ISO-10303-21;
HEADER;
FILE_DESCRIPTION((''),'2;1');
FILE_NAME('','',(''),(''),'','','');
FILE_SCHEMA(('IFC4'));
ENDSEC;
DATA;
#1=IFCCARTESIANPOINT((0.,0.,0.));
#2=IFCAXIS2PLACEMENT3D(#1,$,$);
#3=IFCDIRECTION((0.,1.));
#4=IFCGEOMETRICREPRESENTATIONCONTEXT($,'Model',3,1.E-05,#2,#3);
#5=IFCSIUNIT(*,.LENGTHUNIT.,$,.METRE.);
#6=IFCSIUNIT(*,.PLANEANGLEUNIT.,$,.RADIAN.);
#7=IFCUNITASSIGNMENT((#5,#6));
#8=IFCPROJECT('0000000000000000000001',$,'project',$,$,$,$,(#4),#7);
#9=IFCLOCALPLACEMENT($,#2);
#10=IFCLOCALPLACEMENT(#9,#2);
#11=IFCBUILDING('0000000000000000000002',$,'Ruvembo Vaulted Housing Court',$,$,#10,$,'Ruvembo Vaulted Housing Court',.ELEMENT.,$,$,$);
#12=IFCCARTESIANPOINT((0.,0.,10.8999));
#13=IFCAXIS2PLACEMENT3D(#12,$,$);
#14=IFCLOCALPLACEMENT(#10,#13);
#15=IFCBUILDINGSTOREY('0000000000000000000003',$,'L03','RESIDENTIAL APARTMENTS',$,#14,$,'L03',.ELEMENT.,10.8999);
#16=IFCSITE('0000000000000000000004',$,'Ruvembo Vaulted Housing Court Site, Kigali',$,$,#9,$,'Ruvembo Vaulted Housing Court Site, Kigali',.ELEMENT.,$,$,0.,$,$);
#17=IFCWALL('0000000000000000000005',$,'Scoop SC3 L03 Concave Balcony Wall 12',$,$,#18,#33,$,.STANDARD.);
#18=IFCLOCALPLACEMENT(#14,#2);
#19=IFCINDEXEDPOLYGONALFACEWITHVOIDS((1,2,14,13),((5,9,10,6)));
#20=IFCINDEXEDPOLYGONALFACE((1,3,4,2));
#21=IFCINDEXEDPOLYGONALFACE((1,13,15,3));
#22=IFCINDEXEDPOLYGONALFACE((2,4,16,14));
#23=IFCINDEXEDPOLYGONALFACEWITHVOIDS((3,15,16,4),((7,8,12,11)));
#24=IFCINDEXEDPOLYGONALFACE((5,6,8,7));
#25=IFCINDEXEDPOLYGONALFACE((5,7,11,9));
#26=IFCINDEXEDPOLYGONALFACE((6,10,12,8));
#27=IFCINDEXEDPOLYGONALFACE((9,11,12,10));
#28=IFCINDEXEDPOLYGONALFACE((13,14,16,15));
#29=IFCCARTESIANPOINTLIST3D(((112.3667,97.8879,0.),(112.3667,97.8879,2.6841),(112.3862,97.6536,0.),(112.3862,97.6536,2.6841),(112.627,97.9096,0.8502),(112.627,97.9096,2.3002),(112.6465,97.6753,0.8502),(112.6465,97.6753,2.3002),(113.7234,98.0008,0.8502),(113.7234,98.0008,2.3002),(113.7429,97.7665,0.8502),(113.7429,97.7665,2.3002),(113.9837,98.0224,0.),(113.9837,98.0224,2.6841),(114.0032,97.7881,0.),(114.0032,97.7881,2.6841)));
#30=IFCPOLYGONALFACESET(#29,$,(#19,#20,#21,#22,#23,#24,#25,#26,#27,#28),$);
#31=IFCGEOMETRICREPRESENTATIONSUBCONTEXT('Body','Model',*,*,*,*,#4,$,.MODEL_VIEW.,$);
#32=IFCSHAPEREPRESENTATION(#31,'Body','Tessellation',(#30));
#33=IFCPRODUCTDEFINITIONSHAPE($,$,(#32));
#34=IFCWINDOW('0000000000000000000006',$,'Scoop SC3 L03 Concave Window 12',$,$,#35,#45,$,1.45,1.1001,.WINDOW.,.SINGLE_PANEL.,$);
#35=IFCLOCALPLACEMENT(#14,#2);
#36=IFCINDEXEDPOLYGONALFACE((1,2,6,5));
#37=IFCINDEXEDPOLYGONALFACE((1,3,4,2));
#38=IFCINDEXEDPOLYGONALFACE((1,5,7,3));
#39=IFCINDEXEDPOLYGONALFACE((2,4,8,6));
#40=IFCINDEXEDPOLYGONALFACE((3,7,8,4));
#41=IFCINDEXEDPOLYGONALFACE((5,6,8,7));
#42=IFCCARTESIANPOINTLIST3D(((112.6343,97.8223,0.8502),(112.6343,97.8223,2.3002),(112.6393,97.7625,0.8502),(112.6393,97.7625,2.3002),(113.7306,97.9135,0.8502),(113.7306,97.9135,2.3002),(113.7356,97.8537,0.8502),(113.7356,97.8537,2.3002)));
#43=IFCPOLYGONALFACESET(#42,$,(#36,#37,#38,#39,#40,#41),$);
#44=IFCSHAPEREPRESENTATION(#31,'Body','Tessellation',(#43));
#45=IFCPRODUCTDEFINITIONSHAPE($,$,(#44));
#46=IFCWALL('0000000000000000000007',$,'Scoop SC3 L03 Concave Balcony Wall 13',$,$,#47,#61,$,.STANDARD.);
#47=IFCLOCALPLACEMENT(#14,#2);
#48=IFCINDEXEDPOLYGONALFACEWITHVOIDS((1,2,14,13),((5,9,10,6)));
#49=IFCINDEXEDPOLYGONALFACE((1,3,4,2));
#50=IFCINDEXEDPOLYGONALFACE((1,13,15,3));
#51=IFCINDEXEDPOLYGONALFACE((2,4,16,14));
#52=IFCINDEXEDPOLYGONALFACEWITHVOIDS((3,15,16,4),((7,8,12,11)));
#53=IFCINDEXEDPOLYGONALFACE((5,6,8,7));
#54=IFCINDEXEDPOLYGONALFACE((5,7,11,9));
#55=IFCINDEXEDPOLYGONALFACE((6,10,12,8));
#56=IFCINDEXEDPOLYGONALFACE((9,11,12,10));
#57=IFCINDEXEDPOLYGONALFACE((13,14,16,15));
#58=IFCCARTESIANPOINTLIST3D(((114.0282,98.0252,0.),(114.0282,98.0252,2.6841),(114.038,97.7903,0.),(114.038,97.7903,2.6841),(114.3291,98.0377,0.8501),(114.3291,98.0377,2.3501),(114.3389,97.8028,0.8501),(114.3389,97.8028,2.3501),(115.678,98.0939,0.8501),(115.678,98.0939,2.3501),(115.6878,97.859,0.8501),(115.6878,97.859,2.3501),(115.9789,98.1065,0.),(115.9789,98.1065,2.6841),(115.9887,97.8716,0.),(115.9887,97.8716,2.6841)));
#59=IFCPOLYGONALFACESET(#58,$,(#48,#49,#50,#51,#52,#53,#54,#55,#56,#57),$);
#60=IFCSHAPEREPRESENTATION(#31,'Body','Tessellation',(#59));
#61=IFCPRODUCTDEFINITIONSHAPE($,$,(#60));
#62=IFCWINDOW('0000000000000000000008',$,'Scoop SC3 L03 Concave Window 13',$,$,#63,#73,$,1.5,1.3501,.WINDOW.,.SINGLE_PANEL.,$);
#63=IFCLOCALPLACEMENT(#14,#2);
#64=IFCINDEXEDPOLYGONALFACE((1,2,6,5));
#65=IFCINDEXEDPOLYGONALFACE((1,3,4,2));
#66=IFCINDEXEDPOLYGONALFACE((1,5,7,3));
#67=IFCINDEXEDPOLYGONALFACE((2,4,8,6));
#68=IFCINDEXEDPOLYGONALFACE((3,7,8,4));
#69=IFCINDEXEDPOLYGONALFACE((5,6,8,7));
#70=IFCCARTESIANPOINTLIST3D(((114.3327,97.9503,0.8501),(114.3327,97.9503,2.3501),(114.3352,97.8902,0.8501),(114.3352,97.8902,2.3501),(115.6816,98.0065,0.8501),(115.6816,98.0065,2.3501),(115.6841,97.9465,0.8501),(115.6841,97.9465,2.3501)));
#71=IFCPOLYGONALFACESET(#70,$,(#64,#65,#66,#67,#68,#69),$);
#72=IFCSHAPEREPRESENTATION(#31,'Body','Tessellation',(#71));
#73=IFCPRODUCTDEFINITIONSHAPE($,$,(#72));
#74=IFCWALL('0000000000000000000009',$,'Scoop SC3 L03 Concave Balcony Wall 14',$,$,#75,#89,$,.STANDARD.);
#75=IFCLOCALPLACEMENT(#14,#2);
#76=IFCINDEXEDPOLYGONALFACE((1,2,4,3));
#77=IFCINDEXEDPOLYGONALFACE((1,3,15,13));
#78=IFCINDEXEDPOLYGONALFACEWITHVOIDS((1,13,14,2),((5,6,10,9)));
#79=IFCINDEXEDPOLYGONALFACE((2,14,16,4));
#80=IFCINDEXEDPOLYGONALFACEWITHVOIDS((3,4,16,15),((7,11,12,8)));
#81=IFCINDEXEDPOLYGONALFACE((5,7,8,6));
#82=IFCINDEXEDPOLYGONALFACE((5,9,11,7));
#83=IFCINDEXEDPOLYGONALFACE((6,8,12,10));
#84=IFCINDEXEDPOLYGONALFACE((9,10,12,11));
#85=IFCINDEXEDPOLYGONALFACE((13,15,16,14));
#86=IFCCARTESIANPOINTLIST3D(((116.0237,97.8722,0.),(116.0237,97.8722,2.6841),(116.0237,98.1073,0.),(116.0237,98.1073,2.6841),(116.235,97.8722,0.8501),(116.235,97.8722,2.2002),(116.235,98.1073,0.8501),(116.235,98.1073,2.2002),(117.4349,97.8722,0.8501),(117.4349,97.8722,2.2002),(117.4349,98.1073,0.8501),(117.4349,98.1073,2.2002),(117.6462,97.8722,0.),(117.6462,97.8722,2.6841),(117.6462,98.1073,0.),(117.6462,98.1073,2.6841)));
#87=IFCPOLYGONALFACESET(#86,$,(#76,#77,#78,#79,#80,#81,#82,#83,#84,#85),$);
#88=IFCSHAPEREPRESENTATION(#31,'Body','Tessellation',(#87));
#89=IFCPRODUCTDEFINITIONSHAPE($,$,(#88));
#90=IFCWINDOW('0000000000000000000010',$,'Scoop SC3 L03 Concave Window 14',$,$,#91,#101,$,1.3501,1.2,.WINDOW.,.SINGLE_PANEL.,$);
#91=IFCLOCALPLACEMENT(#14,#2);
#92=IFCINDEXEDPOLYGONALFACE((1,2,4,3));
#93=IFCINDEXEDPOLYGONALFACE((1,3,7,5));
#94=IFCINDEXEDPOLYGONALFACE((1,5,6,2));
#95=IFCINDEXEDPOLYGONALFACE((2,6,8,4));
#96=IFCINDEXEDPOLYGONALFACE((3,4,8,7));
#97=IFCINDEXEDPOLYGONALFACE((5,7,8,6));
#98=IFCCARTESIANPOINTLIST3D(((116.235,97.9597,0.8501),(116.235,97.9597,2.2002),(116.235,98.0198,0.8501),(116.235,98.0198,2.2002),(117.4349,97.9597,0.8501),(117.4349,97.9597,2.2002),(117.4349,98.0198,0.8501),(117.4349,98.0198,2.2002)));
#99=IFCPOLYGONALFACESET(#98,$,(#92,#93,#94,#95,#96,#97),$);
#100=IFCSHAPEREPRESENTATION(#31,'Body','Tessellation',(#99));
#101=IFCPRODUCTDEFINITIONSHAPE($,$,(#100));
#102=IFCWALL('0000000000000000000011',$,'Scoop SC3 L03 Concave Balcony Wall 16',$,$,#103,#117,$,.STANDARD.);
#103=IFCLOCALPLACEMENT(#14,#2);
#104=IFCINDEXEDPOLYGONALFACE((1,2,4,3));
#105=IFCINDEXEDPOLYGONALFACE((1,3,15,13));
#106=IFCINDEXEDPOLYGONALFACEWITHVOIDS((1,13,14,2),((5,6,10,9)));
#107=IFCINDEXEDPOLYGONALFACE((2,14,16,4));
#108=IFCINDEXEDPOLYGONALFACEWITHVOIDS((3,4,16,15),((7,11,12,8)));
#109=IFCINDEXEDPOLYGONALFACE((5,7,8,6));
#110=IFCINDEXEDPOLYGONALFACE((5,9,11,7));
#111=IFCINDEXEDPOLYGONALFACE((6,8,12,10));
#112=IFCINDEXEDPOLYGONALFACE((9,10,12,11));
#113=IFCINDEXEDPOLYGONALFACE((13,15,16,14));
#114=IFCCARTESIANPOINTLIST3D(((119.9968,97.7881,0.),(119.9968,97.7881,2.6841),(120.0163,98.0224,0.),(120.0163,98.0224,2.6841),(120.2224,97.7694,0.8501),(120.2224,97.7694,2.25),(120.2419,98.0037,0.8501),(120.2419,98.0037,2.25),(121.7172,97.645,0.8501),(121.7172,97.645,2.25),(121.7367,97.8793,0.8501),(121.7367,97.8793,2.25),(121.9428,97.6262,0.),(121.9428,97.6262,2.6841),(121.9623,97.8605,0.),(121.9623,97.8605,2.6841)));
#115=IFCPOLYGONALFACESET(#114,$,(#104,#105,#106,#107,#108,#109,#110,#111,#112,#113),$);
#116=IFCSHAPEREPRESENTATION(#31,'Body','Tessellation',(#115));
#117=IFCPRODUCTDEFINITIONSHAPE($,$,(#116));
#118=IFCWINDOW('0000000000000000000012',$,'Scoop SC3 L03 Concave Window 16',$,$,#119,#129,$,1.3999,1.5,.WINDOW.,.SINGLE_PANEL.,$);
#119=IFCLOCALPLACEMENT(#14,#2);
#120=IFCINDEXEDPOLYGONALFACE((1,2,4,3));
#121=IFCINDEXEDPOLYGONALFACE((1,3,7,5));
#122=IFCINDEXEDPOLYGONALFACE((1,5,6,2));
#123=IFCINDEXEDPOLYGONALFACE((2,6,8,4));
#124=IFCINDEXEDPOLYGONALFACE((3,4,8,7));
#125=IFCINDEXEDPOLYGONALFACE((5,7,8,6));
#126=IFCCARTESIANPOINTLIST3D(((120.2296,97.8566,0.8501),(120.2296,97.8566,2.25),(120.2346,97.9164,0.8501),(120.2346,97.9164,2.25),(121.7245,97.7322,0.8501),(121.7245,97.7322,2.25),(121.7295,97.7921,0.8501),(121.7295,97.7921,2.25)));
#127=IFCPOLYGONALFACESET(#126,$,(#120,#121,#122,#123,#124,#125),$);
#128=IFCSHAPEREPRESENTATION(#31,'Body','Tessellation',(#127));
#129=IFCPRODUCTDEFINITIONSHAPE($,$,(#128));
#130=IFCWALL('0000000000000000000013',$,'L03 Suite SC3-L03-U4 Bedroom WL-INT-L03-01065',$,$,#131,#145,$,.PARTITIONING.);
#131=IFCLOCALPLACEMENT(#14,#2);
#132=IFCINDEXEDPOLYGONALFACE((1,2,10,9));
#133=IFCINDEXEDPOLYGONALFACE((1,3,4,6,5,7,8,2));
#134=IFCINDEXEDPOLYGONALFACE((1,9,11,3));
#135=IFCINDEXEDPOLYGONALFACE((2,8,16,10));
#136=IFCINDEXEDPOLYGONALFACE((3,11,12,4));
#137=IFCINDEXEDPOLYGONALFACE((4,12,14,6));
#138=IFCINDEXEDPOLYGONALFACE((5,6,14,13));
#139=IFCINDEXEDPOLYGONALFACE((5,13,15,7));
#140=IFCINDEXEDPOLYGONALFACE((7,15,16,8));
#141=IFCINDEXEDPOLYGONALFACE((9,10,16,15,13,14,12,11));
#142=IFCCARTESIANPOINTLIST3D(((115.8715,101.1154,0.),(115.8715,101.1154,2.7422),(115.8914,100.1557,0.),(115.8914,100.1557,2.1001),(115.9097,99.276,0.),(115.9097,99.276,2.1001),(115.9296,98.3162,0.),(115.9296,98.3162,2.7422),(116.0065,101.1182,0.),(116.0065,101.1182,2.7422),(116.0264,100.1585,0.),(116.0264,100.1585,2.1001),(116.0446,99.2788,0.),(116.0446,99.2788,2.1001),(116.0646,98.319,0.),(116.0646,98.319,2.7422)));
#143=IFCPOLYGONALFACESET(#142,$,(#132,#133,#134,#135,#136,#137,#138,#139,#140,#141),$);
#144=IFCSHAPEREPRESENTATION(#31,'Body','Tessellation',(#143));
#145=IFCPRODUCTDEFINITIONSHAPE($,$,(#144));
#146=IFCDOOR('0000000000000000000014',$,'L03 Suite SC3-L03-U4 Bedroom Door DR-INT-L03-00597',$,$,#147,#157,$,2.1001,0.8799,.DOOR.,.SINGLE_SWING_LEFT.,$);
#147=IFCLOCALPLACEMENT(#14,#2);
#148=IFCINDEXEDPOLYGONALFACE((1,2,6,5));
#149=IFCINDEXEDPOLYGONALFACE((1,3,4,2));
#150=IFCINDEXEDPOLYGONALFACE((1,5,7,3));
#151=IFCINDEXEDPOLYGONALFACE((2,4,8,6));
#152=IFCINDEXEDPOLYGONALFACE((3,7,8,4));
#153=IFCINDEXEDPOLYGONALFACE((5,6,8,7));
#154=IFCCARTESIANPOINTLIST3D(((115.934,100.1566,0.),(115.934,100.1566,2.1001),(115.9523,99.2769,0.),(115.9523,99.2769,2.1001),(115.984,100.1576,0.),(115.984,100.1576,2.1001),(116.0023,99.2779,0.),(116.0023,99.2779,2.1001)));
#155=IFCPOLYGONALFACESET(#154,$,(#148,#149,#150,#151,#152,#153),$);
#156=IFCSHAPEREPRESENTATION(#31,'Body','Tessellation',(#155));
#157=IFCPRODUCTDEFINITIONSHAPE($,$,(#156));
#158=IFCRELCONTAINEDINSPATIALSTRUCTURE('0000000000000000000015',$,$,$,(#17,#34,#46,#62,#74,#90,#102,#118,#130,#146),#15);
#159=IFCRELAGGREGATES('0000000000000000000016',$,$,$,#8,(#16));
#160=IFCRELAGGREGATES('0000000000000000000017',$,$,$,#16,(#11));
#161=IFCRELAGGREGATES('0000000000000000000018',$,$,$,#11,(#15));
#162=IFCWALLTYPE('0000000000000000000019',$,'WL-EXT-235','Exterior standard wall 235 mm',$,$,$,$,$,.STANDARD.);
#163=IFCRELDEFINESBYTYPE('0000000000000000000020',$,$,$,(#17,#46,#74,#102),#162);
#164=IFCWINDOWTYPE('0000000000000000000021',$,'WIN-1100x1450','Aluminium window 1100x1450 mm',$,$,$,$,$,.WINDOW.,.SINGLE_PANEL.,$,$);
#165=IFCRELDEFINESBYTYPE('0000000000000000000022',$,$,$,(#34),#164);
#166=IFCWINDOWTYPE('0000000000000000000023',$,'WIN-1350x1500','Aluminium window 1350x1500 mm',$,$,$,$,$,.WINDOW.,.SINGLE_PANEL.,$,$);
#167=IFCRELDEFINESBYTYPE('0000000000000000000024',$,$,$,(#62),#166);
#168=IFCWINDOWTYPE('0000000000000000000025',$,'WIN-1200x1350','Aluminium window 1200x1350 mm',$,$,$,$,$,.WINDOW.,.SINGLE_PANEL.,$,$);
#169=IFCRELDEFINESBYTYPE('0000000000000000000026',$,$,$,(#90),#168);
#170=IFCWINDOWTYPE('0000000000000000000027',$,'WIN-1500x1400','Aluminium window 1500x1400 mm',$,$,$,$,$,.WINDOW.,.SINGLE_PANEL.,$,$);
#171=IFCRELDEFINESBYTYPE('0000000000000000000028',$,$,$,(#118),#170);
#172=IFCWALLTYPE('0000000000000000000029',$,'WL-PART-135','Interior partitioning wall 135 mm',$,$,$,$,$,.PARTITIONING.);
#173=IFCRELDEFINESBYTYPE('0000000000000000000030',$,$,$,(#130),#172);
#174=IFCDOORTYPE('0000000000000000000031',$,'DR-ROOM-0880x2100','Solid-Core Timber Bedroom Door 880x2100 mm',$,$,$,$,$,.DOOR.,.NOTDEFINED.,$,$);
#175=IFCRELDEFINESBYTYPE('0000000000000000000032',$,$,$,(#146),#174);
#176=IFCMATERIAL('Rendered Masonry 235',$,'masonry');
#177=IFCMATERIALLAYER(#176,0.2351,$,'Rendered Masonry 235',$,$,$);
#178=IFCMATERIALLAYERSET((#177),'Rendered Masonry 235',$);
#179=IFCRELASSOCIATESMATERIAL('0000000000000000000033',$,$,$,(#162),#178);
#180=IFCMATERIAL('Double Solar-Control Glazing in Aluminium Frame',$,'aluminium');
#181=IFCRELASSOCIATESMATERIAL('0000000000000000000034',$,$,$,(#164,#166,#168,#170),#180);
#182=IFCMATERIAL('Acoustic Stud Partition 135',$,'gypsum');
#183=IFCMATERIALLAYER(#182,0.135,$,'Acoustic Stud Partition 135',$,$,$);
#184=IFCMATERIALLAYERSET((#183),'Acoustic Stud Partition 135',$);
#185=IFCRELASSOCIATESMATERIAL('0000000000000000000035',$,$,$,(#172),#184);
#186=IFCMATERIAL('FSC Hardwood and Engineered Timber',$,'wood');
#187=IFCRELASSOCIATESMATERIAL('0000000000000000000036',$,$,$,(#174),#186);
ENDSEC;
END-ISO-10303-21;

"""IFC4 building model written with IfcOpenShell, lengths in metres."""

from ifc_helpers import new_model, si_unit, direction, frame, frame_2d, origin, place, context, subcontext, project, spatial, rectangle, extrude, material, layer, layer_set, type_object, element, fill, save


model = new_model("IFC4")

# Units and contexts
model_context = context("Model", 3, precision=1e-05, world=origin(), true_north=direction((0.0, 1.0)))
body_context = subcontext(model_context, "Body", "Model", "MODEL_VIEW")
ifc_project = project(units=[si_unit("LENGTHUNIT", "METRE"), si_unit("PLANEANGLEUNIT", "RADIAN")], contexts=[model_context])

# Site, building, storey
site_placement = place(None, origin())
site = spatial("IfcSite", under=ifc_project, at=site_placement, Name="Ruvembo Vaulted Housing Court Site, Kigali", LongName="Ruvembo Vaulted Housing Court Site, Kigali", CompositionType="ELEMENT", RefElevation=0.0)
building_placement = place(site_placement, origin())
building = spatial("IfcBuilding", under=site, at=building_placement, Name="Ruvembo Vaulted Housing Court", LongName="Ruvembo Vaulted Housing Court", CompositionType="ELEMENT")
storey_placement = place(building_placement, frame((0.0, 0.0, 10.8999)))
storey = spatial("IfcBuildingStorey", under=building, at=storey_placement, Name="L03", Description="RESIDENTIAL APARTMENTS", LongName="L03", CompositionType="ELEMENT", Elevation=10.8999)

# Shared definitions
ifc_material_1 = material(Name="FSC Hardwood and Engineered Timber", Category="wood")

# Walls, openings, windows
ifc_material_2 = material(Name="Rendered Masonry 235", Category="masonry")
ifc_layer_1 = layer(ifc_material_2, 0.2351, Name="Rendered Masonry 235")
ifc_layer_set_1 = layer_set([ifc_layer_1], Name="Rendered Masonry 235")
wall_type_1 = type_object("IfcWallType", Name="WL-EXT-235", Description="Exterior standard wall 235 mm", PredefinedType="STANDARD", material=ifc_layer_set_1)
wall_1_placement = place(storey_placement, frame((112.3765, 97.7708, 0.0), z_axis=(0.0, 0.0, 1.0), x_axis=(0.996557, 0.082909, 0.0)))
wall_1 = element("IfcWall", 1, at=wall_1_placement, inside=storey, type_object=wall_type_1, Name="Scoop SC3 L03 Concave Balcony Wall 12", PredefinedType="STANDARD", context=body_context, shape_type="SweptSolid", body=[
    extrude(rectangle(XDim=1.6226, YDim=0.2351, at=frame_2d((0.8113, 0.0))), origin(), (0.0, 0.0, 1.0), 2.6841),
])
opening_1_placement = place(wall_1_placement, frame((0.2612, 0.0, 0.8501)))
opening_1 = element("IfcOpeningElement", 2, at=opening_1_placement, cuts=wall_1, PredefinedType="OPENING", context=body_context, shape_type="SweptSolid", body=[
    extrude(rectangle(XDim=1.1001, YDim=1.45, at=frame_2d((0.55, 0.7251))), frame((0.0, 0.1274, 0.0), z_axis=(0.0, -1.0, 0.0), x_axis=(1.0, 0.0, 0.0)), (0.0, 0.0, 1.0), 0.2551),
])
ifc_material_3 = material(Name="Double Solar-Control Glazing in Aluminium Frame", Category="aluminium")
window_type_1 = type_object("IfcWindowType", Name="WIN-1100x1450", Description="Aluminium window 1100x1450 mm", PartitioningType="SINGLE_PANEL", PredefinedType="WINDOW", material=ifc_material_3)
window_1_placement = place(opening_1_placement, origin())
window_1 = element("IfcWindow", 3, at=window_1_placement, inside=storey, type_object=window_type_1, Name="Scoop SC3 L03 Concave Window 12", OverallHeight=1.45, OverallWidth=1.1001, PartitioningType="SINGLE_PANEL", PredefinedType="WINDOW", context=body_context, shape_type="SweptSolid", body=[
    extrude(rectangle(XDim=1.1001, YDim=1.45, at=frame_2d((0.55, 0.7251))), frame((0.0, 0.03, 0.0), z_axis=(0.0, -1.0, 0.0), x_axis=(1.0, 0.0, 0.0)), (0.0, 0.0, 1.0), 0.0601),
])
fill(opening_1, window_1)
wall_2_placement = place(storey_placement, frame((114.0332, 97.9077, 0.0), z_axis=(0.0, 0.0, 1.0), x_axis=(0.999133, 0.041641, 0.0)))
wall_2 = element("IfcWall", 4, at=wall_2_placement, inside=storey, type_object=wall_type_1, Name="Scoop SC3 L03 Concave Balcony Wall 13", PredefinedType="STANDARD", context=body_context, shape_type="SweptSolid", body=[
    extrude(rectangle(XDim=1.9524, YDim=0.2351, at=frame_2d((0.9761, 0.0))), origin(), (0.0, 0.0, 1.0), 2.6841),
])
opening_2_placement = place(wall_2_placement, frame((0.301, 0.0, 0.8501)))
opening_2 = element("IfcOpeningElement", 5, at=opening_2_placement, cuts=wall_2, PredefinedType="OPENING", context=body_context, shape_type="SweptSolid", body=[
    extrude(rectangle(XDim=1.3501, YDim=1.5, at=frame_2d((0.675, 0.75))), frame((0.0, 0.1274, 0.0), z_axis=(0.0, -1.0, 0.0), x_axis=(1.0, 0.0, 0.0)), (0.0, 0.0, 1.0), 0.2551),
])
window_type_2 = type_object("IfcWindowType", Name="WIN-1350x1500", Description="Aluminium window 1350x1500 mm", PartitioningType="SINGLE_PANEL", PredefinedType="WINDOW", material=ifc_material_3)
window_2_placement = place(opening_2_placement, origin())
window_2 = element("IfcWindow", 6, at=window_2_placement, inside=storey, type_object=window_type_2, Name="Scoop SC3 L03 Concave Window 13", OverallHeight=1.5, OverallWidth=1.3501, PartitioningType="SINGLE_PANEL", PredefinedType="WINDOW", context=body_context, shape_type="SweptSolid", body=[
    extrude(rectangle(XDim=1.3501, YDim=1.5, at=frame_2d((0.675, 0.75))), frame((0.0, 0.03, 0.0), z_axis=(0.0, -1.0, 0.0), x_axis=(1.0, 0.0, 0.0)), (0.0, 0.0, 1.0), 0.0601),
])
fill(opening_2, window_2)
wall_3_placement = place(storey_placement, frame((116.0237, 97.9897, 0.0), z_axis=(0.0, 0.0, 1.0), x_axis=(1.0, 0.0, 0.0)))
wall_3 = element("IfcWall", 7, at=wall_3_placement, inside=storey, type_object=wall_type_1, Name="Scoop SC3 L03 Concave Balcony Wall 14", PredefinedType="STANDARD", context=body_context, shape_type="SweptSolid", body=[
    extrude(rectangle(XDim=1.6226, YDim=0.2351, at=frame_2d((0.8113, 0.0))), origin(), (0.0, 0.0, 1.0), 2.6841),
])
opening_3_placement = place(wall_3_placement, frame((0.2112, 0.0, 0.8501)))
opening_3 = element("IfcOpeningElement", 8, at=opening_3_placement, cuts=wall_3, PredefinedType="OPENING", context=body_context, shape_type="SweptSolid", body=[
    extrude(rectangle(XDim=1.2, YDim=1.3501, at=frame_2d((0.6001, 0.675))), frame((0.0, 0.1274, 0.0), z_axis=(0.0, -1.0, 0.0), x_axis=(1.0, 0.0, 0.0)), (0.0, 0.0, 1.0), 0.2551),
])
window_type_3 = type_object("IfcWindowType", Name="WIN-1200x1350", Description="Aluminium window 1200x1350 mm", PartitioningType="SINGLE_PANEL", PredefinedType="WINDOW", material=ifc_material_3)
window_3_placement = place(opening_3_placement, origin())
window_3 = element("IfcWindow", 9, at=window_3_placement, inside=storey, type_object=window_type_3, Name="Scoop SC3 L03 Concave Window 14", OverallHeight=1.3501, OverallWidth=1.2, PartitioningType="SINGLE_PANEL", PredefinedType="WINDOW", context=body_context, shape_type="SweptSolid", body=[
    extrude(rectangle(XDim=1.2, YDim=1.3501, at=frame_2d((0.6001, 0.675))), frame((0.0, 0.03, 0.0), z_axis=(0.0, -1.0, 0.0), x_axis=(1.0, 0.0, 0.0)), (0.0, 0.0, 1.0), 0.0601),
])
fill(opening_3, window_3)

# Wall, opening, window
wall_4_placement = place(storey_placement, frame((120.0066, 97.9053, 0.0), z_axis=(0.0, 0.0, 1.0), x_axis=(0.996558, -0.082901, 0.0)))
wall_4 = element("IfcWall", 10, at=wall_4_placement, inside=storey, type_object=wall_type_1, Name="Scoop SC3 L03 Concave Balcony Wall 16", PredefinedType="STANDARD", context=body_context, shape_type="SweptSolid", body=[
    extrude(rectangle(XDim=1.9526, YDim=0.2351, at=frame_2d((0.9763, 0.0))), origin(), (0.0, 0.0, 1.0), 2.6841),
])
opening_4_placement = place(wall_4_placement, frame((0.2263, 0.0, 0.8501)))
opening_4 = element("IfcOpeningElement", 11, at=opening_4_placement, cuts=wall_4, PredefinedType="OPENING", context=body_context, shape_type="SweptSolid", body=[
    extrude(rectangle(XDim=1.5, YDim=1.3999, at=frame_2d((0.75, 0.7))), frame((0.0, 0.1274, 0.0), z_axis=(0.0, -1.0, 0.0), x_axis=(1.0, 0.0, 0.0)), (0.0, 0.0, 1.0), 0.2551),
])
window_type_4 = type_object("IfcWindowType", Name="WIN-1500x1400", Description="Aluminium window 1500x1400 mm", PartitioningType="SINGLE_PANEL", PredefinedType="WINDOW", material=ifc_material_3)
window_4_placement = place(opening_4_placement, origin())
window_4 = element("IfcWindow", 12, at=window_4_placement, inside=storey, type_object=window_type_4, Name="Scoop SC3 L03 Concave Window 16", OverallHeight=1.3999, OverallWidth=1.5, PartitioningType="SINGLE_PANEL", PredefinedType="WINDOW", context=body_context, shape_type="SweptSolid", body=[
    extrude(rectangle(XDim=1.5, YDim=1.3999, at=frame_2d((0.75, 0.7))), frame((0.0, 0.03, 0.0), z_axis=(0.0, -1.0, 0.0), x_axis=(1.0, 0.0, 0.0)), (0.0, 0.0, 1.0), 0.0601),
])
fill(opening_4, window_4)

# Wall, opening, door
ifc_material_4 = material(Name="Acoustic Stud Partition 135", Category="gypsum")
ifc_layer_2 = layer(ifc_material_4, 0.135, Name="Acoustic Stud Partition 135")
ifc_layer_set_2 = layer_set([ifc_layer_2], Name="Acoustic Stud Partition 135")
wall_type_2 = type_object("IfcWallType", Name="WL-PART-135", Description="Interior partitioning wall 135 mm", PredefinedType="PARTITIONING", material=ifc_layer_set_2)
wall_5_placement = place(storey_placement, frame((115.9971, 98.3176, 0.0), z_axis=(0.0, 0.0, 1.0), x_axis=(-0.020753, 0.999785, 0.0)))
wall_5 = element("IfcWall", 13, at=wall_5_placement, inside=storey, type_object=wall_type_2, Name="L03 Suite SC3-L03-U4 Bedroom WL-INT-L03-01065", PredefinedType="PARTITIONING", context=body_context, shape_type="SweptSolid", body=[
    extrude(rectangle(XDim=2.7998, YDim=0.135, at=frame_2d((1.3999, 0.0))), origin(), (0.0, 0.0, 1.0), 2.7422),
])
opening_5_placement = place(wall_5_placement, frame((0.96, 0.0, 0.0)))
opening_5 = element("IfcOpeningElement", 14, at=opening_5_placement, cuts=wall_5, PredefinedType="OPENING", context=body_context, shape_type="SweptSolid", body=[
    extrude(rectangle(XDim=0.8799, YDim=2.1001, at=frame_2d((0.4399, 1.05))), frame((0.0, 0.0774, 0.0), z_axis=(0.0, -1.0, 0.0), x_axis=(1.0, 0.0, 0.0)), (0.0, 0.0, 1.0), 0.155),
])
door_type_1 = type_object("IfcDoorType", Name="DR-ROOM-0880x2100", Description="Solid-Core Timber Bedroom Door 880x2100 mm", OperationType="NOTDEFINED", PredefinedType="DOOR", material=ifc_material_1)
door_1_placement = place(opening_5_placement, origin())
door_1 = element("IfcDoor", 15, at=door_1_placement, inside=storey, type_object=door_type_1, Name="L03 Suite SC3-L03-U4 Bedroom Door DR-INT-L03-00597", OperationType="SINGLE_SWING_LEFT", OverallHeight=2.1001, OverallWidth=0.8799, PredefinedType="DOOR", context=body_context, shape_type="SweptSolid", body=[
    extrude(rectangle(XDim=0.8799, YDim=2.1001, at=frame_2d((0.4399, 1.05))), frame((0.0, 0.0249, 0.0), z_axis=(0.0, -1.0, 0.0), x_axis=(1.0, 0.0, 0.0)), (0.0, 0.0, 1.0), 0.05),
])
fill(opening_5, door_1)

save(model, "model.ifc")
